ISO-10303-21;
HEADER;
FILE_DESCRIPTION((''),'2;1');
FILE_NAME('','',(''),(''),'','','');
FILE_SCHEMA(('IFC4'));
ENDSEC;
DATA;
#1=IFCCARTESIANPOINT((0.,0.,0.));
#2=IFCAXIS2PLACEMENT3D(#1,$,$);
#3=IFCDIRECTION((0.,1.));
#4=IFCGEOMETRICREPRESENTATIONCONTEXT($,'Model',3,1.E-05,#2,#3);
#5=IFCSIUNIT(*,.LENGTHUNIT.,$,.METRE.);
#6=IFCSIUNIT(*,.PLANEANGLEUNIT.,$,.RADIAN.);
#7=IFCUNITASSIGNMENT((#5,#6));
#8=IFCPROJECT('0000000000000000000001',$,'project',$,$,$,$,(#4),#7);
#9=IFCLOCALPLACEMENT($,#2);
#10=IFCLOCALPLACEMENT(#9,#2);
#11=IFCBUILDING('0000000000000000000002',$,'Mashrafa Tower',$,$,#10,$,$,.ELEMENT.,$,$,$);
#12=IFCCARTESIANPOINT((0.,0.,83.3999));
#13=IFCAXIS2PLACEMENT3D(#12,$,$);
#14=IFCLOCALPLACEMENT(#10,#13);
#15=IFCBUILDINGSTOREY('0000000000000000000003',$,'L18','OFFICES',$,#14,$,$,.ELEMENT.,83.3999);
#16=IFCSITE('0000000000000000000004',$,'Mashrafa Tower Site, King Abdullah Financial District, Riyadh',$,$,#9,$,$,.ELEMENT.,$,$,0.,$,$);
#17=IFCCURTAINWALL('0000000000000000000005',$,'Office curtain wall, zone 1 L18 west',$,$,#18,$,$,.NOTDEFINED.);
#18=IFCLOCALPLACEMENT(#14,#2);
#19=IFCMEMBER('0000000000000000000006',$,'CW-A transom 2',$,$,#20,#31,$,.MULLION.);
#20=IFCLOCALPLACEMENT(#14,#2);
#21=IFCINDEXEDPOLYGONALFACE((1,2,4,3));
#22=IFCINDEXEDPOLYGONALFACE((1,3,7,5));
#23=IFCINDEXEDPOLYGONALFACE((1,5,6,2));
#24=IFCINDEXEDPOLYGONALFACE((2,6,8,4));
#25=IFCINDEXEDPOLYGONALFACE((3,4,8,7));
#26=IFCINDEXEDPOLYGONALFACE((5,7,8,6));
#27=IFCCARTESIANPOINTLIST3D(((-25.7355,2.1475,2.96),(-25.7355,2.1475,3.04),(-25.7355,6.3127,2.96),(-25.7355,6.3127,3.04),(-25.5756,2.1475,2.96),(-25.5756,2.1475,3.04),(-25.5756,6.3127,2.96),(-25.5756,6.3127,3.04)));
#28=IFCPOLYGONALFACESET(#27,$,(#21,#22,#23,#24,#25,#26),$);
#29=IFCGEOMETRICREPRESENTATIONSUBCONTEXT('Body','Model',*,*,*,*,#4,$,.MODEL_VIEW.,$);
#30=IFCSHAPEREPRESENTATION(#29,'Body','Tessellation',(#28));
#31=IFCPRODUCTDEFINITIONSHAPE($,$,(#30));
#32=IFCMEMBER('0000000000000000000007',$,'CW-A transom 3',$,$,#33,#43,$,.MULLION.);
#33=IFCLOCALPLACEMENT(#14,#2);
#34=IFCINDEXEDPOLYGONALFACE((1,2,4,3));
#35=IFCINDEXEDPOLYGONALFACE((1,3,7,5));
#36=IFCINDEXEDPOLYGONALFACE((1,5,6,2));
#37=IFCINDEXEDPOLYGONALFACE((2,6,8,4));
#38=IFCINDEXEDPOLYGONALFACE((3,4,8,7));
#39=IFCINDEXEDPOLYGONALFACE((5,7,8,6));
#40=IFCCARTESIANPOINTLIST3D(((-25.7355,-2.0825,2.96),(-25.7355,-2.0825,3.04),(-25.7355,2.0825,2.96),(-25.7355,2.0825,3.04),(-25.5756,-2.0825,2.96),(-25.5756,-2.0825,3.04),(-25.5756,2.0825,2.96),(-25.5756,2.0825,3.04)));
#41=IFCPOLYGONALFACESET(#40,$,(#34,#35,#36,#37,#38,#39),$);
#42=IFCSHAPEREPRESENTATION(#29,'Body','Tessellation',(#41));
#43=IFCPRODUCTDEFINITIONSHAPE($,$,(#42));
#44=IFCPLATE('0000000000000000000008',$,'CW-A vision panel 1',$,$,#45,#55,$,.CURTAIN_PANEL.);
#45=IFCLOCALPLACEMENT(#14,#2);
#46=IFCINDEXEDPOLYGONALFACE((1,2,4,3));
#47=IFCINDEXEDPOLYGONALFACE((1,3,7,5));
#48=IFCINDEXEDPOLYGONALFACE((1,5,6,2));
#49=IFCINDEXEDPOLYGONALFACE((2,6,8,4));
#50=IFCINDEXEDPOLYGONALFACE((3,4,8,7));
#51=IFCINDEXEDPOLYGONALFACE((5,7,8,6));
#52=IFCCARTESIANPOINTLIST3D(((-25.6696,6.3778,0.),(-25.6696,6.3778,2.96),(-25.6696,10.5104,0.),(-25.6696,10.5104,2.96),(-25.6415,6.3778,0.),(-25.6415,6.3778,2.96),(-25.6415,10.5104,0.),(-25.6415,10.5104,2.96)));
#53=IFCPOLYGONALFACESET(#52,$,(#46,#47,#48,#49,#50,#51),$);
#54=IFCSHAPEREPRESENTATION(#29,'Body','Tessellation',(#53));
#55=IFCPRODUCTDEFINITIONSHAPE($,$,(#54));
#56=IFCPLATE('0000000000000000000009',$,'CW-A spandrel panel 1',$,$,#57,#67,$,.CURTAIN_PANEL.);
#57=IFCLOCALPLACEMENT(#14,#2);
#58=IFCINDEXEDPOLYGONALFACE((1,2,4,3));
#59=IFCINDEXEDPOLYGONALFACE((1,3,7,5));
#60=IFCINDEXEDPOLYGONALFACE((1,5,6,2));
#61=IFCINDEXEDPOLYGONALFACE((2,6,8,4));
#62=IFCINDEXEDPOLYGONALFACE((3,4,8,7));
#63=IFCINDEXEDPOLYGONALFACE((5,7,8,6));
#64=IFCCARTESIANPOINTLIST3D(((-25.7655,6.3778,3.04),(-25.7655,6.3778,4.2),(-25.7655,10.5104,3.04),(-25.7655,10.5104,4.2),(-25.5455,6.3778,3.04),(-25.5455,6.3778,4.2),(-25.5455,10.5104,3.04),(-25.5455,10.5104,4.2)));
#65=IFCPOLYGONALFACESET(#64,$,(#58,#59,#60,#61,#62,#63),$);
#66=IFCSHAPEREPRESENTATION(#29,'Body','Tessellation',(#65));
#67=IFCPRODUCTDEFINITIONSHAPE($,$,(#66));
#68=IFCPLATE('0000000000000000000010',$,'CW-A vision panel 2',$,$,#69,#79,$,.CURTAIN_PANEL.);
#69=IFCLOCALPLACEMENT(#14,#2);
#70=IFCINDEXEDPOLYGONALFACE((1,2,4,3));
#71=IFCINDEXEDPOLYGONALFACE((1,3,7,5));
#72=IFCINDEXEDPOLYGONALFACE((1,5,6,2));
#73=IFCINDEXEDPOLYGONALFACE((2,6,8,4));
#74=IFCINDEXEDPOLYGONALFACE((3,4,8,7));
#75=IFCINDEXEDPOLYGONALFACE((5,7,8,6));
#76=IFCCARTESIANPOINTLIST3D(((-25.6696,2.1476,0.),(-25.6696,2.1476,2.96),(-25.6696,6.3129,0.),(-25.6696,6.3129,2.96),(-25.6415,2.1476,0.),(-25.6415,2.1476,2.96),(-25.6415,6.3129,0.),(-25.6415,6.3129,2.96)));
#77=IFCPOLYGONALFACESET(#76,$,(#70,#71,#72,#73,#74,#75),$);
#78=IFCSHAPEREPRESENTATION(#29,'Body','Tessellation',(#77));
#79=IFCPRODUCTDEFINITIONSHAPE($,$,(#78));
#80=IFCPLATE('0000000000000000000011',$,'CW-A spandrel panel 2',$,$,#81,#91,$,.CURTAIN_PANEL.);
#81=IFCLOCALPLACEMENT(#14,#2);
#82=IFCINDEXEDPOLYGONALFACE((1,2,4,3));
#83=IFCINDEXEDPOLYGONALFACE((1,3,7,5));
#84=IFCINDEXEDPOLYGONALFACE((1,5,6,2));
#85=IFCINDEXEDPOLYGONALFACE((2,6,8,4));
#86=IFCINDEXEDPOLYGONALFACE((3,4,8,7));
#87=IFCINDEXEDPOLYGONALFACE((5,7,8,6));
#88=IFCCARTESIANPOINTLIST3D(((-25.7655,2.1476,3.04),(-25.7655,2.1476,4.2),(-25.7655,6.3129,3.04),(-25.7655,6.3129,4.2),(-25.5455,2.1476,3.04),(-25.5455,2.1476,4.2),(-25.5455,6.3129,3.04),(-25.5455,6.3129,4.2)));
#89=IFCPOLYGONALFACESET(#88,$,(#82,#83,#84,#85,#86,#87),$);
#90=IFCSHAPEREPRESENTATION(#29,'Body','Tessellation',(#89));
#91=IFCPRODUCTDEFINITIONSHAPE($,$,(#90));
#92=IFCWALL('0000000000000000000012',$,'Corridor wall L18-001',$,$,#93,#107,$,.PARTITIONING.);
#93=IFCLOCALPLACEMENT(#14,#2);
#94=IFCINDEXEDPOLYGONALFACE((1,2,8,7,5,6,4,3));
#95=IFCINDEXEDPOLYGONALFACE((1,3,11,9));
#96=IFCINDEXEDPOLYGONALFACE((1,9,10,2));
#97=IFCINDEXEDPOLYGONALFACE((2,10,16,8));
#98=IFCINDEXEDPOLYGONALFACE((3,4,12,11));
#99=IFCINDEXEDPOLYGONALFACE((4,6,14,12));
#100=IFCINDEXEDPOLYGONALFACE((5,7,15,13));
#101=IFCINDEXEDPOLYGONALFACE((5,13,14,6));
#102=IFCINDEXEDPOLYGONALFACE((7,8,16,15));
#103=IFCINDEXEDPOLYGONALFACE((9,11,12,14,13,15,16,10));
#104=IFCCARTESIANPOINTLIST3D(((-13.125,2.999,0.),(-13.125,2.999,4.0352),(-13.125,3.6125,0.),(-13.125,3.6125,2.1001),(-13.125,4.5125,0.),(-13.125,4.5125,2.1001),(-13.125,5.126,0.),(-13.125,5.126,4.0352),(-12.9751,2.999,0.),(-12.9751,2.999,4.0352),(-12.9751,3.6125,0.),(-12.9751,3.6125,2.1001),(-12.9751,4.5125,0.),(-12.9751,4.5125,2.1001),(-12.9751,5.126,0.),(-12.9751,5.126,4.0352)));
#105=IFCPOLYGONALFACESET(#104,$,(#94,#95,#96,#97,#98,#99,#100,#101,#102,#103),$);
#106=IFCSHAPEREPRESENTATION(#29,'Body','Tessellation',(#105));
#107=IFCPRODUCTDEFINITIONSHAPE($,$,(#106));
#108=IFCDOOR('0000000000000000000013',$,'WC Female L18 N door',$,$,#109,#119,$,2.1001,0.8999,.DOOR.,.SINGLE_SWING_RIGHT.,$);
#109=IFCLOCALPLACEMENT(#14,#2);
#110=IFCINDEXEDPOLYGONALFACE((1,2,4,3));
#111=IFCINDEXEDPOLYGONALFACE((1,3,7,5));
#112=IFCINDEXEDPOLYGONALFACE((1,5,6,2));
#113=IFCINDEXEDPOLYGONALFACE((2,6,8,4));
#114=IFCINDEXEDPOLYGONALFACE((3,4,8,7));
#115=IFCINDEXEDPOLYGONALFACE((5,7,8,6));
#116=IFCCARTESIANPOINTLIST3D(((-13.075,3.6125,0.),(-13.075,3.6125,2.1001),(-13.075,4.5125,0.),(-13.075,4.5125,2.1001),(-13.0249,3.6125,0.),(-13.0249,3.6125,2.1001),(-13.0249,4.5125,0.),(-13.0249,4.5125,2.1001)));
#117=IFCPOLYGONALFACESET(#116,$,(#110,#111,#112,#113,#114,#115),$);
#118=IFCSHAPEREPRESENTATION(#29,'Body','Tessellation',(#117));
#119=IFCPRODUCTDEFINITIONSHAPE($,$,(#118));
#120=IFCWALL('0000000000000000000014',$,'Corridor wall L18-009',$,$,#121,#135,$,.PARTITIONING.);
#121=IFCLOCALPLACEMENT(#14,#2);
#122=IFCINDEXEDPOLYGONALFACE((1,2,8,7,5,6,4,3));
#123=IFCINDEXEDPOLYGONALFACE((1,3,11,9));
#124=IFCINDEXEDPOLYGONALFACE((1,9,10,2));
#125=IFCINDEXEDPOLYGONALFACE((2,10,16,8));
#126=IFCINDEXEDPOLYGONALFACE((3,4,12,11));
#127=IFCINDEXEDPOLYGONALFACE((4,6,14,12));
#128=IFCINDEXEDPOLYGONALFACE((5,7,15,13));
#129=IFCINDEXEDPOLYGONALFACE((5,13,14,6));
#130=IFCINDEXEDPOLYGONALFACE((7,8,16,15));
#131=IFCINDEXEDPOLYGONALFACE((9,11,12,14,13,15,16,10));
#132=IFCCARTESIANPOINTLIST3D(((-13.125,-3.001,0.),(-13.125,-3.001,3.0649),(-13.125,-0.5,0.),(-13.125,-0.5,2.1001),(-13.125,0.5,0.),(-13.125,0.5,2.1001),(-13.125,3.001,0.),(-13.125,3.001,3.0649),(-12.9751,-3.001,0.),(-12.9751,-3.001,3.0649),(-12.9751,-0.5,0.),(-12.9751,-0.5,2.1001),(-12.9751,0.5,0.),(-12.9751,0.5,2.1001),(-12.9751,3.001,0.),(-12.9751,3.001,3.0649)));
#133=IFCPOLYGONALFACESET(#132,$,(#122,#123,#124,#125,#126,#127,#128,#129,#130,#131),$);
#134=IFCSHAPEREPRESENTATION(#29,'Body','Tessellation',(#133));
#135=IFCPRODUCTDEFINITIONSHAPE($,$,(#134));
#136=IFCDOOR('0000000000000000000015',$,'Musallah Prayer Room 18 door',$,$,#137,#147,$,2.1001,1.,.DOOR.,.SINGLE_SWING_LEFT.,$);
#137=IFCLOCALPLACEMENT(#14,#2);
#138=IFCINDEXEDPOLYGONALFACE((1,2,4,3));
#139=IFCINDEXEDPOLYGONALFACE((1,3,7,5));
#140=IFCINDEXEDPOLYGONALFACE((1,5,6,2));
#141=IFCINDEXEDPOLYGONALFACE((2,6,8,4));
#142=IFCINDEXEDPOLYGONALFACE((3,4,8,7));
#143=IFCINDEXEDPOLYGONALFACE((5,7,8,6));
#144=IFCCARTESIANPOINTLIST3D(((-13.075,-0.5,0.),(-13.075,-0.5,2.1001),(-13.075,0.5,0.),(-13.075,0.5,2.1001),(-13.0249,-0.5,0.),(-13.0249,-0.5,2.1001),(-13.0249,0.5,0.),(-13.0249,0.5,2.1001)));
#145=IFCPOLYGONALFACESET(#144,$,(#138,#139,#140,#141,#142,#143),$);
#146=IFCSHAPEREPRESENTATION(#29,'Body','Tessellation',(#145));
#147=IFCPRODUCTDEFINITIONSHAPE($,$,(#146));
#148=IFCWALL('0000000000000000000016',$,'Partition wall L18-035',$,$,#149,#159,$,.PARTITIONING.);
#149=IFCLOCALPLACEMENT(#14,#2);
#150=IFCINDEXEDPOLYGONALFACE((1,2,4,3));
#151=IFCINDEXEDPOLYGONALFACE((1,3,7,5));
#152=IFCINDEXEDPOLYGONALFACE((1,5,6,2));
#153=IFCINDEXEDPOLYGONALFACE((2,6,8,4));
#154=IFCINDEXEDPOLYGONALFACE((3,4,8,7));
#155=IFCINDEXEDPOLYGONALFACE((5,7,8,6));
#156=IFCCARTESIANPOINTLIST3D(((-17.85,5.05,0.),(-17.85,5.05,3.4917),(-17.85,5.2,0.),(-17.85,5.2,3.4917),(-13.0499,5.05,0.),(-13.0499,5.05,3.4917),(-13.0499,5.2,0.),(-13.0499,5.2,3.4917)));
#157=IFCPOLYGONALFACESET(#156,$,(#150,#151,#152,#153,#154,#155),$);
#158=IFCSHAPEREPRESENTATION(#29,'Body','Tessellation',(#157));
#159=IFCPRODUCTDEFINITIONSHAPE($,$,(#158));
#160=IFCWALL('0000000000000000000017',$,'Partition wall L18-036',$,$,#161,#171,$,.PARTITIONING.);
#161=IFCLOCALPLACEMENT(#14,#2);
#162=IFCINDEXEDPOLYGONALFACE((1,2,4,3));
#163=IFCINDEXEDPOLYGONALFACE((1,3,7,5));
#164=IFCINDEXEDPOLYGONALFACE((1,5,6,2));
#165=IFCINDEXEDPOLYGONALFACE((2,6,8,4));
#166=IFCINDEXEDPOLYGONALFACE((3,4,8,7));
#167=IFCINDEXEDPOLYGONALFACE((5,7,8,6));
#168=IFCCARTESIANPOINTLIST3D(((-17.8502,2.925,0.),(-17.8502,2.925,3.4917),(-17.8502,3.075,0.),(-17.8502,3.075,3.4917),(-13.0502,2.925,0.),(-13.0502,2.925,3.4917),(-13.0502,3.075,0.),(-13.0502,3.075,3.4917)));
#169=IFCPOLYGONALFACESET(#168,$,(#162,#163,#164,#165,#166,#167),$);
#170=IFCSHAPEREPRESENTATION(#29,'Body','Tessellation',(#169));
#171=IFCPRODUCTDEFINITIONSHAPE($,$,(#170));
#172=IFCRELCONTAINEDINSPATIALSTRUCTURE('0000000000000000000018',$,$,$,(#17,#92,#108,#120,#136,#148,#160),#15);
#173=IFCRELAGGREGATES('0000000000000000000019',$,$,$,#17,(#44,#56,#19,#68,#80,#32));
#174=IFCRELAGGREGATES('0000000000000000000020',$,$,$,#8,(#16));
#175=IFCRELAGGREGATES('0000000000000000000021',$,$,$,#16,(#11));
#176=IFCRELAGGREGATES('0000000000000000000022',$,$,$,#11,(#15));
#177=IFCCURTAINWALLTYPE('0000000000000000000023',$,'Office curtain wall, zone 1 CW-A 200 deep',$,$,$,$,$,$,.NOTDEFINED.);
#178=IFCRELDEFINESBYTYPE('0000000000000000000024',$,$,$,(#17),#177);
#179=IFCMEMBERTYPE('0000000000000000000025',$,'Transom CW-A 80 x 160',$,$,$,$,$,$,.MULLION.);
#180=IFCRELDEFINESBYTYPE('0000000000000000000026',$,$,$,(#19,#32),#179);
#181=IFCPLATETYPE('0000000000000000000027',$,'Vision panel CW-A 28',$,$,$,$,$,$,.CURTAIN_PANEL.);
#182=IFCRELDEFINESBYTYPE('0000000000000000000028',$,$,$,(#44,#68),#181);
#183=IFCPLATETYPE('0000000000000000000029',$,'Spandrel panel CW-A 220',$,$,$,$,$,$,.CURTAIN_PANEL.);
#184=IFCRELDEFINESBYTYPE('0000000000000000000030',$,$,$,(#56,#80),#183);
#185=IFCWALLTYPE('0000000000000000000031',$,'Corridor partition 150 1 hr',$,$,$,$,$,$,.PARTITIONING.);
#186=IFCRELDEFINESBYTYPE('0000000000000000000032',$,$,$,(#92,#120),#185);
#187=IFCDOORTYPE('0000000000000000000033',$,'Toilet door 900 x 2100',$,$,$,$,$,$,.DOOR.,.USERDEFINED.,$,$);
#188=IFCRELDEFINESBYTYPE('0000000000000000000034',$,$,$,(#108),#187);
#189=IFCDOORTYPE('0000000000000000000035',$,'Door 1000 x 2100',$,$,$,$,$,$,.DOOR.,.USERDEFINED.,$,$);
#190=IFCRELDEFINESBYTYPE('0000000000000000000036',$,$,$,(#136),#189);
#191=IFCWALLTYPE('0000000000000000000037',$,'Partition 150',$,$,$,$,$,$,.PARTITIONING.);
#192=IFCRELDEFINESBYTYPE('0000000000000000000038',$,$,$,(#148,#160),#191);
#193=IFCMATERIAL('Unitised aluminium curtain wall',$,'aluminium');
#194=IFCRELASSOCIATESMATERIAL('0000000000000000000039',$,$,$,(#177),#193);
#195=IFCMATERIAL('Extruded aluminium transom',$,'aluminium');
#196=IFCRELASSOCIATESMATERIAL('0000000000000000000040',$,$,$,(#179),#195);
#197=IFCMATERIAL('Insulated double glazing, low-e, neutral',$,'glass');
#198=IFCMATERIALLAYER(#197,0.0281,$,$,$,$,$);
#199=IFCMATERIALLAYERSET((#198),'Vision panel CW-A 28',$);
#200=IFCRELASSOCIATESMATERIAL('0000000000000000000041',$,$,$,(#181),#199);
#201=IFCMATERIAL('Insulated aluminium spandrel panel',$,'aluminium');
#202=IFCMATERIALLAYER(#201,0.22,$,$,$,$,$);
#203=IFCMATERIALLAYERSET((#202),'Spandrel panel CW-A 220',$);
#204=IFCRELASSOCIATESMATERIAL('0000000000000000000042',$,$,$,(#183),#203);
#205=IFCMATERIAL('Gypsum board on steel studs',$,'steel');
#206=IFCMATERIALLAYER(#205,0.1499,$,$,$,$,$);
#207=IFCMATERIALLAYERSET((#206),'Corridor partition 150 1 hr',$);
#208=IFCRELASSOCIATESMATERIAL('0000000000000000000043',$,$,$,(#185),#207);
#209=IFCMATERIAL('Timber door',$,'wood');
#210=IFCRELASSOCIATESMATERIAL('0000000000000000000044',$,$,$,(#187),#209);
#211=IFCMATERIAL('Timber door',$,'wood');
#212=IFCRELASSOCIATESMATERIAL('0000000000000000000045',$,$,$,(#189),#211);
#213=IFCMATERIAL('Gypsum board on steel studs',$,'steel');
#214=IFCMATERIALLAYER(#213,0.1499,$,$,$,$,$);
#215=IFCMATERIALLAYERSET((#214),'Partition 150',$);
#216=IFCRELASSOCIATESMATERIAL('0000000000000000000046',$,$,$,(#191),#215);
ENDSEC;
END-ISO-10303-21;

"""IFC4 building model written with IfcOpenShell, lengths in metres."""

from ifc_helpers import new_model, si_unit, direction, frame, frame_2d, origin, origin_2d, place, context, subcontext, project, spatial, rectangle, extrude, source, transform, mapped, material, layer, layer_set, material_profile, profile_set, type_object, type_shapes, element, fill, aggregate, save


model = new_model("IFC4")

# Units and contexts
model_context = context("Model", 3, precision=1e-05, world=origin(), true_north=direction((0.0, 1.0)))
body_context = subcontext(model_context, "Body", "Model", "MODEL_VIEW")
ifc_project = project(units=[si_unit("LENGTHUNIT", "METRE"), si_unit("PLANEANGLEUNIT", "RADIAN")], contexts=[model_context])

# Site, building, storey
site_placement = place(None, origin())
site = spatial("IfcSite", under=ifc_project, at=site_placement, Name="Mashrafa Tower Site, King Abdullah Financial District, Riyadh", CompositionType="ELEMENT", RefElevation=0.0)
building_placement = place(site_placement, origin())
building = spatial("IfcBuilding", under=site, at=building_placement, Name="Mashrafa Tower", CompositionType="ELEMENT")
storey_placement = place(building_placement, frame((0.0, 0.0, 83.3999)))
storey = spatial("IfcBuildingStorey", under=building, at=storey_placement, Name="L18", Description="OFFICES", CompositionType="ELEMENT", Elevation=83.3999)

# Curtain wall, members, plates
ifc_material_1 = material(Name="Unitised aluminium curtain wall", Category="aluminium")
curtain_wall_type = type_object("IfcCurtainWallType", Name="Office curtain wall, zone 1 CW-A 200 deep", PredefinedType="NOTDEFINED", material=ifc_material_1)
curtain_wall_placement = place(storey_placement, origin())
curtain_wall = element("IfcCurtainWall", 1, at=curtain_wall_placement, inside=storey, type_object=curtain_wall_type, Name="Office curtain wall, zone 1 L18 west", PredefinedType="NOTDEFINED")
ifc_material_2 = material(Name="Extruded aluminium transom", Category="aluminium")
ifc_material_profile_1 = material_profile(ifc_material_2, rectangle(XDim=0.1599, YDim=0.0801, at=origin_2d()), Name="Transom 80x160")
ifc_profile_set_1 = profile_set([ifc_material_profile_1], Name="Extruded aluminium transom")
member_type_1 = type_object("IfcMemberType", Name="Transom CW-A 80 x 160", PredefinedType="MULLION", material=ifc_profile_set_1)
shared_shape_1 = source(origin(), body_context, "Body", "SweptSolid", [
    extrude(rectangle(XDim=0.1599, YDim=0.0801, at=origin_2d()), origin(), (0.0, 0.0, 1.0), 4.1653),
])
member_1_placement = place(storey_placement, frame((-25.6555, 6.3127, 3.0), z_axis=(0.0, -1.0, 0.0), x_axis=(1.0, 0.0, 0.0)))
member_1 = element("IfcMember", 2, at=member_1_placement, type_object=member_type_1, Name="CW-A transom 2", PredefinedType="MULLION", context=body_context, shape_type="MappedRepresentation", body=[
    mapped(shared_shape_1, transform((0.0, 0.0, 0.0))),
])
shared_shape_2 = source(origin(), body_context, "Body", "SweptSolid", [
    extrude(rectangle(XDim=0.1599, YDim=0.0801, at=origin_2d()), origin(), (0.0, 0.0, 1.0), 4.165),
])
type_shapes(member_type_1, [shared_shape_1, shared_shape_2])
member_2_placement = place(storey_placement, frame((-25.6555, 2.0825, 3.0), z_axis=(0.0, -1.0, 0.0), x_axis=(1.0, 0.0, 0.0)))
member_2 = element("IfcMember", 3, at=member_2_placement, type_object=member_type_1, Name="CW-A transom 3", PredefinedType="MULLION", context=body_context, shape_type="MappedRepresentation", body=[
    mapped(shared_shape_2, transform((0.0, 0.0, 0.0))),
])
ifc_material_3 = material(Name="Insulated double glazing, low-e, neutral", Category="glass")
ifc_layer_1 = layer(ifc_material_3, 0.0281)
ifc_layer_set_1 = layer_set([ifc_layer_1], Name="Vision panel CW-A 28")
plate_type_1 = type_object("IfcPlateType", Name="Vision panel CW-A 28", PredefinedType="CURTAIN_PANEL", material=ifc_layer_set_1)
shared_shape_3 = source(origin(), body_context, "Body", "SweptSolid", [
    extrude(rectangle(XDim=4.1326, YDim=0.0281, at=origin_2d()), origin(), (0.0, 0.0, 1.0), 2.96),
])
plate_1_placement = place(storey_placement, frame((-25.6555, 8.4441, 0.0), z_axis=(0.0, 0.0, 1.0), x_axis=(0.0, -1.0, 0.0)))
plate_1 = element("IfcPlate", 4, at=plate_1_placement, type_object=plate_type_1, Name="CW-A vision panel 1", PredefinedType="CURTAIN_PANEL", context=body_context, shape_type="MappedRepresentation", body=[
    mapped(shared_shape_3, transform((0.0, 0.0, 0.0))),
])
ifc_material_4 = material(Name="Insulated aluminium spandrel panel", Category="aluminium")
ifc_layer_2 = layer(ifc_material_4, 0.22)
ifc_layer_set_2 = layer_set([ifc_layer_2], Name="Spandrel panel CW-A 220")
plate_type_2 = type_object("IfcPlateType", Name="Spandrel panel CW-A 220", PredefinedType="CURTAIN_PANEL", material=ifc_layer_set_2)
shared_shape_4 = source(origin(), body_context, "Body", "SweptSolid", [
    extrude(rectangle(XDim=4.1326, YDim=0.22, at=origin_2d()), origin(), (0.0, 0.0, 1.0), 1.1599),
])
plate_2_placement = place(storey_placement, frame((-25.6555, 8.4441, 3.04), z_axis=(0.0, 0.0, 1.0), x_axis=(0.0, -1.0, 0.0)))
plate_2 = element("IfcPlate", 5, at=plate_2_placement, type_object=plate_type_2, Name="CW-A spandrel panel 1", PredefinedType="CURTAIN_PANEL", context=body_context, shape_type="MappedRepresentation", body=[
    mapped(shared_shape_4, transform((0.0, 0.0, 0.0))),
])
shared_shape_5 = source(origin(), body_context, "Body", "SweptSolid", [
    extrude(rectangle(XDim=4.1653, YDim=0.0281, at=origin_2d()), origin(), (0.0, 0.0, 1.0), 2.96),
])
type_shapes(plate_type_1, [shared_shape_3, shared_shape_5])
plate_3_placement = place(storey_placement, frame((-25.6555, 4.2302, 0.0), z_axis=(0.0, 0.0, 1.0), x_axis=(0.0, -1.0, 0.0)))
plate_3 = element("IfcPlate", 6, at=plate_3_placement, type_object=plate_type_1, Name="CW-A vision panel 2", PredefinedType="CURTAIN_PANEL", context=body_context, shape_type="MappedRepresentation", body=[
    mapped(shared_shape_5, transform((0.0, 0.0, 0.0))),
])
shared_shape_6 = source(origin(), body_context, "Body", "SweptSolid", [
    extrude(rectangle(XDim=4.1653, YDim=0.22, at=origin_2d()), origin(), (0.0, 0.0, 1.0), 1.1599),
])
type_shapes(plate_type_2, [shared_shape_4, shared_shape_6])
plate_4_placement = place(storey_placement, frame((-25.6555, 4.2302, 3.04), z_axis=(0.0, 0.0, 1.0), x_axis=(0.0, -1.0, 0.0)))
plate_4 = element("IfcPlate", 7, at=plate_4_placement, type_object=plate_type_2, Name="CW-A spandrel panel 2", PredefinedType="CURTAIN_PANEL", context=body_context, shape_type="MappedRepresentation", body=[
    mapped(shared_shape_6, transform((0.0, 0.0, 0.0))),
])
aggregate(curtain_wall, [plate_1, plate_2, member_1, plate_3, plate_4, member_2])

# Walls, openings, doors
ifc_material_5 = material(Name="Gypsum board on steel studs", Category="steel")
ifc_layer_3 = layer(ifc_material_5, 0.1499)
ifc_layer_set_3 = layer_set([ifc_layer_3], Name="Corridor partition 150 1 hr")
wall_type_1 = type_object("IfcWallType", Name="Corridor partition 150 1 hr", PredefinedType="PARTITIONING", material=ifc_layer_set_3)
wall_1_placement = place(storey_placement, frame((-13.05, 5.126, 0.0), z_axis=(0.0, 0.0, 1.0), x_axis=(0.0, -1.0, 0.0)))
wall_1 = element("IfcWall", 8, at=wall_1_placement, inside=storey, type_object=wall_type_1, Name="Corridor wall L18-001", PredefinedType="PARTITIONING", context=body_context, shape_type="SweptSolid", body=[
    extrude(rectangle(XDim=2.127, YDim=0.1499, at=frame_2d((1.0635, 0.0))), origin(), (0.0, 0.0, 1.0), 4.0352),
])
opening_1_placement = place(wall_1_placement, frame((0.6135, 0.0, 0.0)))
opening_1 = element("IfcOpeningElement", 9, at=opening_1_placement, cuts=wall_1, PredefinedType="OPENING", context=body_context, shape_type="SweptSolid", body=[
    extrude(rectangle(XDim=0.8999, YDim=2.1001, at=frame_2d((0.45, 1.05))), frame((0.0, 0.085, 0.0), z_axis=(0.0, -1.0, 0.0), x_axis=(1.0, 0.0, 0.0)), (0.0, 0.0, 1.0), 0.1699),
])
ifc_material_6 = material(Name="Timber door", Category="wood")
door_type_1 = type_object("IfcDoorType", Name="Toilet door 900 x 2100", OperationType="USERDEFINED", PredefinedType="DOOR", material=ifc_material_6)
door_1_placement = place(opening_1_placement, frame((0.8999, 0.0, 0.0), z_axis=(0.0, 0.0, 1.0), x_axis=(-1.0, 0.0, 0.0)))
door_1 = element("IfcDoor", 10, at=door_1_placement, inside=storey, type_object=door_type_1, Name="WC Female L18 N door", OperationType="SINGLE_SWING_RIGHT", OverallHeight=2.1001, OverallWidth=0.8999, PredefinedType="DOOR", context=body_context, shape_type="SweptSolid", body=[
    extrude(rectangle(XDim=0.8999, YDim=2.1001, at=frame_2d((0.45, 1.05))), frame((0.0, 0.0249, 0.0), z_axis=(0.0, -1.0, 0.0), x_axis=(1.0, 0.0, 0.0)), (0.0, 0.0, 1.0), 0.05),
])
fill(opening_1, door_1)
wall_2_placement = place(storey_placement, frame((-13.05, 3.001, 0.0), z_axis=(0.0, 0.0, 1.0), x_axis=(0.0, -1.0, 0.0)))
wall_2 = element("IfcWall", 11, at=wall_2_placement, inside=storey, type_object=wall_type_1, Name="Corridor wall L18-009", PredefinedType="PARTITIONING", context=body_context, shape_type="SweptSolid", body=[
    extrude(rectangle(XDim=6.002, YDim=0.1499, at=frame_2d((3.001, 0.0))), origin(), (0.0, 0.0, 1.0), 3.0649),
])
opening_2_placement = place(wall_2_placement, frame((2.501, 0.0, 0.0)))
opening_2 = element("IfcOpeningElement", 12, at=opening_2_placement, cuts=wall_2, PredefinedType="OPENING", context=body_context, shape_type="SweptSolid", body=[
    extrude(rectangle(XDim=1.0, YDim=2.1001, at=frame_2d((0.5, 1.05))), frame((0.0, 0.085, 0.0), z_axis=(0.0, -1.0, 0.0), x_axis=(1.0, 0.0, 0.0)), (0.0, 0.0, 1.0), 0.1699),
])
ifc_material_7 = material(Name="Timber door", Category="wood")
door_type_2 = type_object("IfcDoorType", Name="Door 1000 x 2100", OperationType="USERDEFINED", PredefinedType="DOOR", material=ifc_material_7)
door_2_placement = place(opening_2_placement, frame((1.0, 0.0, 0.0), z_axis=(0.0, 0.0, 1.0), x_axis=(-1.0, 0.0, 0.0)))
door_2 = element("IfcDoor", 13, at=door_2_placement, inside=storey, type_object=door_type_2, Name="Musallah Prayer Room 18 door", OperationType="SINGLE_SWING_LEFT", OverallHeight=2.1001, OverallWidth=1.0, PredefinedType="DOOR", context=body_context, shape_type="SweptSolid", body=[
    extrude(rectangle(XDim=1.0, YDim=2.1001, at=frame_2d((0.5, 1.05))), frame((0.0, 0.0249, 0.0), z_axis=(0.0, -1.0, 0.0), x_axis=(1.0, 0.0, 0.0)), (0.0, 0.0, 1.0), 0.05),
])
fill(opening_2, door_2)

# Walls
ifc_material_8 = material(Name="Gypsum board on steel studs", Category="steel")
ifc_layer_4 = layer(ifc_material_8, 0.1499)
ifc_layer_set_4 = layer_set([ifc_layer_4], Name="Partition 150")
wall_type_2 = type_object("IfcWallType", Name="Partition 150", PredefinedType="PARTITIONING", material=ifc_layer_set_4)
for number, where, z_axis, x_axis, name in (
    (14, (-13.05, 5.125, 0.0), (0.0, 0.0, 1.0), (-1.0, 0.0, 0.0), "Partition wall L18-035"),
    (15, (-17.8501, 3.0, 0.0), (0.0, 0.0, 1.0), (1.0, 0.0, 0.0), "Partition wall L18-036"),
):
    element("IfcWall", number, at=place(storey_placement, frame(where, z_axis=z_axis, x_axis=x_axis)), inside=storey, type_object=wall_type_2, Name=name, PredefinedType="PARTITIONING", context=body_context, shape_type="SweptSolid", body=[
        extrude(rectangle(XDim=4.8, YDim=0.1499, at=frame_2d((2.3999, 0.0))), origin(), (0.0, 0.0, 1.0), 3.4917),
    ])

save(model, "model.ifc")
